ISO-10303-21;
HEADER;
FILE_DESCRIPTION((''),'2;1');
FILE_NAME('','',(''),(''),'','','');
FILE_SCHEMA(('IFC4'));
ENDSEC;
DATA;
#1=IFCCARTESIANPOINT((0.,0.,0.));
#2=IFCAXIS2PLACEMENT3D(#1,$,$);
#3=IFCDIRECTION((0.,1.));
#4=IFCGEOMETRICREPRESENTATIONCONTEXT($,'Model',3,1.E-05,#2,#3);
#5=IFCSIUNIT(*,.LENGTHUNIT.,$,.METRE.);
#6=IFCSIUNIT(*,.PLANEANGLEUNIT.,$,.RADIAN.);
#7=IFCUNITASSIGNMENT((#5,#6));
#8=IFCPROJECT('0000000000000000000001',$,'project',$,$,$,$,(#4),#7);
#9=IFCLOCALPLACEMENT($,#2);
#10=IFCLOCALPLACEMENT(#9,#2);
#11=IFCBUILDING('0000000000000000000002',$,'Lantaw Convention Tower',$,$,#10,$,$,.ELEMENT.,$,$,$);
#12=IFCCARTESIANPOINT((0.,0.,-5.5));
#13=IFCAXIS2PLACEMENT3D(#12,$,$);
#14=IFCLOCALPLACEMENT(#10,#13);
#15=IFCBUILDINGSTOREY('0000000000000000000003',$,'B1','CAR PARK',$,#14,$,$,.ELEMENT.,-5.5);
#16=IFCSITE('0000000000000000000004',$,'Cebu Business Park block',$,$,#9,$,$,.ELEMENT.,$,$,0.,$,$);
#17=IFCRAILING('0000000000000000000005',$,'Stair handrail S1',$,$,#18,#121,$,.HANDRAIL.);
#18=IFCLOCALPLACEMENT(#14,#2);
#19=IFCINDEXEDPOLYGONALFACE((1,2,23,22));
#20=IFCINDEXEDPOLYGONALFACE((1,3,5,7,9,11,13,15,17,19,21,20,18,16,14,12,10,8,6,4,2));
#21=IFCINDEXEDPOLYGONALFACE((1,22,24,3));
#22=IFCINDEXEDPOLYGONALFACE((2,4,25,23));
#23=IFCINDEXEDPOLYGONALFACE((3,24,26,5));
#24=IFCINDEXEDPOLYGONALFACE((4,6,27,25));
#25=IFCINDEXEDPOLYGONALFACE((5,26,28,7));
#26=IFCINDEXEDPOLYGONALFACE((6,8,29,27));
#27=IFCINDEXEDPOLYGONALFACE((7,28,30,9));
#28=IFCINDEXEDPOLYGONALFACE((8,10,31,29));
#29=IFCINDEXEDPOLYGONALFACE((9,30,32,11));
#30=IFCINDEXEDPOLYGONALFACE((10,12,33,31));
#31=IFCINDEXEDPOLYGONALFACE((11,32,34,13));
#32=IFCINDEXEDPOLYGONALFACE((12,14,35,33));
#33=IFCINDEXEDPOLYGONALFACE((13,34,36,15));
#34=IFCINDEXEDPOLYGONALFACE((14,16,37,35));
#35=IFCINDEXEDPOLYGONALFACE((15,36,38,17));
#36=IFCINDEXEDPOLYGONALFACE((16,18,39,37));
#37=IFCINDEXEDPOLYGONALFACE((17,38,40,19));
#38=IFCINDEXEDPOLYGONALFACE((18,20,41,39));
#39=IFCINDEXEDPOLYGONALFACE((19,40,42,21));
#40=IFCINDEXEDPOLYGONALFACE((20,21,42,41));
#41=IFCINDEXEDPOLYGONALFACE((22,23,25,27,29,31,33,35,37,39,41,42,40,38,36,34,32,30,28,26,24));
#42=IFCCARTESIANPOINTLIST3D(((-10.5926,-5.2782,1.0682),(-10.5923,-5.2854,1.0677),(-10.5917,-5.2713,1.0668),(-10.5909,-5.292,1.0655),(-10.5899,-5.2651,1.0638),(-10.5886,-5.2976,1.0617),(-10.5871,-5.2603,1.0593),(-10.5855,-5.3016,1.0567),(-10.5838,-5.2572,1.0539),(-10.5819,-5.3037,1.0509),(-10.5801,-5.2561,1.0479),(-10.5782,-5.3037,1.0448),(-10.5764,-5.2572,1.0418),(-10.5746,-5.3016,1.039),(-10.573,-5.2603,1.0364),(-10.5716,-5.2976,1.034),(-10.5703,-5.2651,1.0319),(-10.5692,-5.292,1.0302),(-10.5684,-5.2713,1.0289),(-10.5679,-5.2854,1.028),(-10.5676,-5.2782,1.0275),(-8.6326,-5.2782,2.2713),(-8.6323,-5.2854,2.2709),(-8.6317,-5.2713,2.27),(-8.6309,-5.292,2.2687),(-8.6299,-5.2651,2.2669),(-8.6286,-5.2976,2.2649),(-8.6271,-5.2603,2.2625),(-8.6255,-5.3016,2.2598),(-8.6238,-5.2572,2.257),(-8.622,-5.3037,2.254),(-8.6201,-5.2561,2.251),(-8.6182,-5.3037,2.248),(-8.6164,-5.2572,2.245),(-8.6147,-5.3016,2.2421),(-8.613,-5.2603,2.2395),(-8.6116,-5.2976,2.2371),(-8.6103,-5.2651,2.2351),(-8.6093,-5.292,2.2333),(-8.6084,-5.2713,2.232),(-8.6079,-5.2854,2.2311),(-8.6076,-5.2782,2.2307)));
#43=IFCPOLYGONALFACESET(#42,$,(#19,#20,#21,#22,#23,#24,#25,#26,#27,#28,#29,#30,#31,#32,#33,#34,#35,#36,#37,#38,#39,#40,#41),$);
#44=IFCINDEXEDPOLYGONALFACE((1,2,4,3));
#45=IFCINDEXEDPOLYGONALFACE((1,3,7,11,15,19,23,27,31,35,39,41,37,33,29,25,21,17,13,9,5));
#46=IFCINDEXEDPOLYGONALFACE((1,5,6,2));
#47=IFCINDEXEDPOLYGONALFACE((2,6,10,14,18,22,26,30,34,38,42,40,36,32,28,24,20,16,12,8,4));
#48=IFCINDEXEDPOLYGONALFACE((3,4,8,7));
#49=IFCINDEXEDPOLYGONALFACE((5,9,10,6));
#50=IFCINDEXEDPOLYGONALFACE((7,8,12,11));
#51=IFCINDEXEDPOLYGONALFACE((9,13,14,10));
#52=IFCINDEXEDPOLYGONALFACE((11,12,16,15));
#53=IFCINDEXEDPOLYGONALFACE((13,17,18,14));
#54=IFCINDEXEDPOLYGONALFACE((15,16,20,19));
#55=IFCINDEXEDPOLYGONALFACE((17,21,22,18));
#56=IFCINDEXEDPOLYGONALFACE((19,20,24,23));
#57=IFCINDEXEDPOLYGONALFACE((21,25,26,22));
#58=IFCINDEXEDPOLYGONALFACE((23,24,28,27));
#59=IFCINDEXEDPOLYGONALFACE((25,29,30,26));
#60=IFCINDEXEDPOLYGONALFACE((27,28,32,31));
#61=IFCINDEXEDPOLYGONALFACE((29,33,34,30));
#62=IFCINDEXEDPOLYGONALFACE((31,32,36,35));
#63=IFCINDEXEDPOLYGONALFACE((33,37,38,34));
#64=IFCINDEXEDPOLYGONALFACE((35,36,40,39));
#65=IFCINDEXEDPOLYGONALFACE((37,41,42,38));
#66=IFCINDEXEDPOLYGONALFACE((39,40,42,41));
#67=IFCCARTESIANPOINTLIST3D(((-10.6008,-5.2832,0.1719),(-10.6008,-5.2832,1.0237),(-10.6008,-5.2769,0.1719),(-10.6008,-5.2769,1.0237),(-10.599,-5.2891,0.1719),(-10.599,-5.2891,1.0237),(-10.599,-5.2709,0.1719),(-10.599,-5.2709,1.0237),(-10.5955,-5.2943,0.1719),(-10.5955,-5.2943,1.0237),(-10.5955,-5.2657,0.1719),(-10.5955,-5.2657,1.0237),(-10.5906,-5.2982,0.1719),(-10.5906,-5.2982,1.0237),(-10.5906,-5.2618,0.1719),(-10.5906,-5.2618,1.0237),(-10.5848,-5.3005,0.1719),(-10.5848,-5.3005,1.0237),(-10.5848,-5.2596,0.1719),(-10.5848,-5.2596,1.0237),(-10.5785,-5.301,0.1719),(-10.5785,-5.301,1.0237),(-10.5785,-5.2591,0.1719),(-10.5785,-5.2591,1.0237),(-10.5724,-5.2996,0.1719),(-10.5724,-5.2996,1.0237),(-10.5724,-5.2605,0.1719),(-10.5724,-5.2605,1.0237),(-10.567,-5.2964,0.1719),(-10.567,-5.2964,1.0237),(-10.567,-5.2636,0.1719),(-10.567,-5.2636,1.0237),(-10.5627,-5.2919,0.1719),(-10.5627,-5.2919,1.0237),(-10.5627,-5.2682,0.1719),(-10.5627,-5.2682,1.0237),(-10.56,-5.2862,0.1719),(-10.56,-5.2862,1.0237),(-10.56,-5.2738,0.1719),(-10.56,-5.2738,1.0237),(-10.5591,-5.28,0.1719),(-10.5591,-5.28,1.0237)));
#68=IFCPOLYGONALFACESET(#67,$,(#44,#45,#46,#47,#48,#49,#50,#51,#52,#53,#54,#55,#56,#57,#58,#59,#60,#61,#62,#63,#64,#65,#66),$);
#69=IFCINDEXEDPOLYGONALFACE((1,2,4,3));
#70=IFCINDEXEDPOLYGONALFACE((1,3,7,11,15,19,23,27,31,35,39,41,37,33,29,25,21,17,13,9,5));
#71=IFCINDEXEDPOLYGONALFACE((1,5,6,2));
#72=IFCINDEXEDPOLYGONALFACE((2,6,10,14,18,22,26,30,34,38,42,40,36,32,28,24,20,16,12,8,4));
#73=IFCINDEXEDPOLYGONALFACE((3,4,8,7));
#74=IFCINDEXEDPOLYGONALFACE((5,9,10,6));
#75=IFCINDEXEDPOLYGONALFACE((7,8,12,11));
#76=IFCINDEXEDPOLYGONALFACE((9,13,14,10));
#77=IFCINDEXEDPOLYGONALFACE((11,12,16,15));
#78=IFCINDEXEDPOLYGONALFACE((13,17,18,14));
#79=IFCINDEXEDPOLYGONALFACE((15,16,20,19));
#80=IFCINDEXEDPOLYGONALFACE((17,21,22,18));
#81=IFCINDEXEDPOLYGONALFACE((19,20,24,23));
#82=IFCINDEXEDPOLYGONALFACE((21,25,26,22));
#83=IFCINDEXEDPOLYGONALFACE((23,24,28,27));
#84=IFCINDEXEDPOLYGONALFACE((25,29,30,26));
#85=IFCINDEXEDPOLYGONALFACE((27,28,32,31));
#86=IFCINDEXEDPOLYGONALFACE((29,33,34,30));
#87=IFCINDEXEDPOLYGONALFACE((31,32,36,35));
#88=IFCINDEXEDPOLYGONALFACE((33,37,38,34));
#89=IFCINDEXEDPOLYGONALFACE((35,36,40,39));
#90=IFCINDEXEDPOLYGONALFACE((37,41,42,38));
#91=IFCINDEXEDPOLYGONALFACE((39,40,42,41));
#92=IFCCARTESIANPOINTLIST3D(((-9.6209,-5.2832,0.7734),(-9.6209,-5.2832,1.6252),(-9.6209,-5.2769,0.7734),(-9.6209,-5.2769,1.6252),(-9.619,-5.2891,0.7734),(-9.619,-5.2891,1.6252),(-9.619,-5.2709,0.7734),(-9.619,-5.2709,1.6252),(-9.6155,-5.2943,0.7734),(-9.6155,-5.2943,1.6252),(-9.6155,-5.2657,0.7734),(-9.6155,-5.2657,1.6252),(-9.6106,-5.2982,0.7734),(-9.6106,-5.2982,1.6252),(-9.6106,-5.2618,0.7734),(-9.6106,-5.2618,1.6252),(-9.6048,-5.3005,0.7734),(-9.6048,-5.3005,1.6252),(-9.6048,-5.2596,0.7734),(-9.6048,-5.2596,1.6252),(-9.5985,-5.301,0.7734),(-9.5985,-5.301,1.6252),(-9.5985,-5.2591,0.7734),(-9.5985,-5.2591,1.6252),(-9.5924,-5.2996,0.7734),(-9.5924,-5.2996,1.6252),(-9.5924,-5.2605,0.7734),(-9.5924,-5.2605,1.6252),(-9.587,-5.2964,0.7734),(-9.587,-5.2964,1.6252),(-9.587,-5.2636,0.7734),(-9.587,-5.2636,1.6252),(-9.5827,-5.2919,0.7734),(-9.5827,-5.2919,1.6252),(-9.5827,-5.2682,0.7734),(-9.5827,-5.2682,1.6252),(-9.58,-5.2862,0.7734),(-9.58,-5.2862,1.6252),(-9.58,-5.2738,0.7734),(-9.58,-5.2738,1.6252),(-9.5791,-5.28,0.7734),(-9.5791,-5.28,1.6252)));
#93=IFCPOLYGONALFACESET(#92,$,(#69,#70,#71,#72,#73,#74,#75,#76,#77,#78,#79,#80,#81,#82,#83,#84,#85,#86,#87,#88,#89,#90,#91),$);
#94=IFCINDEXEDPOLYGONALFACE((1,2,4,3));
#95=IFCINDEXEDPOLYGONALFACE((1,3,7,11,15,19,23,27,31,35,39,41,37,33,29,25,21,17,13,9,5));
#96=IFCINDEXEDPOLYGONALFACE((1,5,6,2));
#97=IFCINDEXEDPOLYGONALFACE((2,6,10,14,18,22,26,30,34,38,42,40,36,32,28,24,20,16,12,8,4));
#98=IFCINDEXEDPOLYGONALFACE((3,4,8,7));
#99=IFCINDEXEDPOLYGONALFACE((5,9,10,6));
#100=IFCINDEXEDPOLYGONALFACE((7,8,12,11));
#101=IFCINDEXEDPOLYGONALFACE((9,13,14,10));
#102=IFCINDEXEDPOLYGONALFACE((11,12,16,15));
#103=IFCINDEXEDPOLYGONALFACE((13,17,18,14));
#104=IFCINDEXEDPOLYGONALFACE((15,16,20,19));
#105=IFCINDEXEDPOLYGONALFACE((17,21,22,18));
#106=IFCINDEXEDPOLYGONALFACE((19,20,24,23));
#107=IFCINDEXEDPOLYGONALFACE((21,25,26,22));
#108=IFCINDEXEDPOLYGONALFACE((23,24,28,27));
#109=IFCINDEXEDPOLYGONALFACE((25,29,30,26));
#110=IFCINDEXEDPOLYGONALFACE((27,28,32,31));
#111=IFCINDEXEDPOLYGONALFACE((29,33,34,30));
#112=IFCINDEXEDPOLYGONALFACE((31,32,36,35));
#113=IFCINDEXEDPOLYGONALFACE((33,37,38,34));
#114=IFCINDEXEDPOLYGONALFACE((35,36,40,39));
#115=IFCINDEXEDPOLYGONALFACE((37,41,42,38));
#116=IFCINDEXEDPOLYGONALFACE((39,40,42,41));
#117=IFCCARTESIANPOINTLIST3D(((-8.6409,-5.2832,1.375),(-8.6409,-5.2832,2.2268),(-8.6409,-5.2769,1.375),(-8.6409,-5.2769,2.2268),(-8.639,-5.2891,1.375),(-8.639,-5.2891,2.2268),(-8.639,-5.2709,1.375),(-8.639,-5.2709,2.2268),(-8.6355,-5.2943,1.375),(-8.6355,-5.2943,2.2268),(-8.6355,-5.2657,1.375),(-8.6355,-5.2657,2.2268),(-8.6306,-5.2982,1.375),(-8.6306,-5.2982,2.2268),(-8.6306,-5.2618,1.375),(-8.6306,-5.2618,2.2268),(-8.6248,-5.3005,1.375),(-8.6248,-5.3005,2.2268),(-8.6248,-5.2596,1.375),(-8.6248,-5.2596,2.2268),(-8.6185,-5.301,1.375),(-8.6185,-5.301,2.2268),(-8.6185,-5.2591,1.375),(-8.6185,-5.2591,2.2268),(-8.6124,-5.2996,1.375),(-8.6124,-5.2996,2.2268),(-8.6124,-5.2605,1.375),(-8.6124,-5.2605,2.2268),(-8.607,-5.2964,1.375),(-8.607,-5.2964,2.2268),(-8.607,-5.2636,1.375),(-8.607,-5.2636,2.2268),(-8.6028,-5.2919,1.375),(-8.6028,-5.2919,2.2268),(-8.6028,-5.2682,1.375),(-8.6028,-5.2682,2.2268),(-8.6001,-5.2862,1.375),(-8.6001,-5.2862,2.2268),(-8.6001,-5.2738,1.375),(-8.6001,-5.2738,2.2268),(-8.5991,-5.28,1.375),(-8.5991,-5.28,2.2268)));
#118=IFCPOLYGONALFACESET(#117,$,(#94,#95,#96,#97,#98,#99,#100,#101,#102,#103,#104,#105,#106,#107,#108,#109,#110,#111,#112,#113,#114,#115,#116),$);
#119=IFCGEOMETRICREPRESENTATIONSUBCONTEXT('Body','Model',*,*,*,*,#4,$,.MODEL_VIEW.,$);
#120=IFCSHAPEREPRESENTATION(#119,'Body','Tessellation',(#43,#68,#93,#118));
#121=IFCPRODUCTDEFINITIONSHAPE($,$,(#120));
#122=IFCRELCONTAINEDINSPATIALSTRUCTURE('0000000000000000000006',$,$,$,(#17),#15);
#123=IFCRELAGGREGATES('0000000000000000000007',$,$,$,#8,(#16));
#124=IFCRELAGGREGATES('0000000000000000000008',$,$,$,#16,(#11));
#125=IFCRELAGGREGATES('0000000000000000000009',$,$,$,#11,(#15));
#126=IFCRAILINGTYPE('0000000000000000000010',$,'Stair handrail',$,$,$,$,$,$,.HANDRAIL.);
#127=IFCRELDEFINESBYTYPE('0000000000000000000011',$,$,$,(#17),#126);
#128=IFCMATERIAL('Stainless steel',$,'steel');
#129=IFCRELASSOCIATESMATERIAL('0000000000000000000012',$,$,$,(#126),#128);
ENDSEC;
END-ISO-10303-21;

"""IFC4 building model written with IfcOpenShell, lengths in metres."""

from ifc_helpers import new_model, si_unit, direction, frame, origin, origin_2d, place, context, subcontext, project, spatial, circle, extrude, material, type_object, element, save


model = new_model("IFC4")

# Units and contexts
model_context = context("Model", 3, precision=1e-05, world=origin(), true_north=direction((0.0, 1.0)))
body_context = subcontext(model_context, "Body", "Model", "MODEL_VIEW")
ifc_project = project(units=[si_unit("LENGTHUNIT", "METRE"), si_unit("PLANEANGLEUNIT", "RADIAN")], contexts=[model_context])

# Site, building, storey
site_placement = place(None, origin())
site = spatial("IfcSite", under=ifc_project, at=site_placement, Name="Cebu Business Park block", CompositionType="ELEMENT", RefElevation=0.0)
building_placement = place(site_placement, origin())
building = spatial("IfcBuilding", under=site, at=building_placement, Name="Lantaw Convention Tower", CompositionType="ELEMENT")
storey_placement = place(building_placement, frame((0.0, 0.0, -5.5)))
storey = spatial("IfcBuildingStorey", under=building, at=storey_placement, Name="B1", Description="CAR PARK", CompositionType="ELEMENT", Elevation=-5.5)

# Shared definitions
ifc_material_1 = material(Name="Stainless steel", Category="steel")

# Railing
railing_type = type_object("IfcRailingType", Name="Stair handrail", PredefinedType="HANDRAIL", material=ifc_material_1)
railing_placement = place(storey_placement, frame((-10.5801, -5.28, 0.1719)))
element("IfcRailing", 1, at=railing_placement, inside=storey, type_object=railing_type, Name="Stair handrail S1", PredefinedType="HANDRAIL", context=body_context, shape_type="SweptSolid", body=[
    extrude(circle(Radius=0.0239, at=origin_2d()), frame((0.0, 0.0, 0.876), z_axis=(0.852241, 0.0, 0.523149), x_axis=(0.0, 1.0, 0.0)), (0.0, 0.0, 1.0), 2.2998),
    extrude(circle(Radius=0.021, at=origin_2d()), origin(), (0.0, 0.0, 1.0), 0.8518),
    extrude(circle(Radius=0.021, at=origin_2d()), frame((0.98, 0.0, 0.6016)), (0.0, 0.0, 1.0), 0.8518),
    extrude(circle(Radius=0.021, at=origin_2d()), frame((1.96, 0.0, 1.2031)), (0.0, 0.0, 1.0), 0.8518),
])

save(model, "model.ifc")
